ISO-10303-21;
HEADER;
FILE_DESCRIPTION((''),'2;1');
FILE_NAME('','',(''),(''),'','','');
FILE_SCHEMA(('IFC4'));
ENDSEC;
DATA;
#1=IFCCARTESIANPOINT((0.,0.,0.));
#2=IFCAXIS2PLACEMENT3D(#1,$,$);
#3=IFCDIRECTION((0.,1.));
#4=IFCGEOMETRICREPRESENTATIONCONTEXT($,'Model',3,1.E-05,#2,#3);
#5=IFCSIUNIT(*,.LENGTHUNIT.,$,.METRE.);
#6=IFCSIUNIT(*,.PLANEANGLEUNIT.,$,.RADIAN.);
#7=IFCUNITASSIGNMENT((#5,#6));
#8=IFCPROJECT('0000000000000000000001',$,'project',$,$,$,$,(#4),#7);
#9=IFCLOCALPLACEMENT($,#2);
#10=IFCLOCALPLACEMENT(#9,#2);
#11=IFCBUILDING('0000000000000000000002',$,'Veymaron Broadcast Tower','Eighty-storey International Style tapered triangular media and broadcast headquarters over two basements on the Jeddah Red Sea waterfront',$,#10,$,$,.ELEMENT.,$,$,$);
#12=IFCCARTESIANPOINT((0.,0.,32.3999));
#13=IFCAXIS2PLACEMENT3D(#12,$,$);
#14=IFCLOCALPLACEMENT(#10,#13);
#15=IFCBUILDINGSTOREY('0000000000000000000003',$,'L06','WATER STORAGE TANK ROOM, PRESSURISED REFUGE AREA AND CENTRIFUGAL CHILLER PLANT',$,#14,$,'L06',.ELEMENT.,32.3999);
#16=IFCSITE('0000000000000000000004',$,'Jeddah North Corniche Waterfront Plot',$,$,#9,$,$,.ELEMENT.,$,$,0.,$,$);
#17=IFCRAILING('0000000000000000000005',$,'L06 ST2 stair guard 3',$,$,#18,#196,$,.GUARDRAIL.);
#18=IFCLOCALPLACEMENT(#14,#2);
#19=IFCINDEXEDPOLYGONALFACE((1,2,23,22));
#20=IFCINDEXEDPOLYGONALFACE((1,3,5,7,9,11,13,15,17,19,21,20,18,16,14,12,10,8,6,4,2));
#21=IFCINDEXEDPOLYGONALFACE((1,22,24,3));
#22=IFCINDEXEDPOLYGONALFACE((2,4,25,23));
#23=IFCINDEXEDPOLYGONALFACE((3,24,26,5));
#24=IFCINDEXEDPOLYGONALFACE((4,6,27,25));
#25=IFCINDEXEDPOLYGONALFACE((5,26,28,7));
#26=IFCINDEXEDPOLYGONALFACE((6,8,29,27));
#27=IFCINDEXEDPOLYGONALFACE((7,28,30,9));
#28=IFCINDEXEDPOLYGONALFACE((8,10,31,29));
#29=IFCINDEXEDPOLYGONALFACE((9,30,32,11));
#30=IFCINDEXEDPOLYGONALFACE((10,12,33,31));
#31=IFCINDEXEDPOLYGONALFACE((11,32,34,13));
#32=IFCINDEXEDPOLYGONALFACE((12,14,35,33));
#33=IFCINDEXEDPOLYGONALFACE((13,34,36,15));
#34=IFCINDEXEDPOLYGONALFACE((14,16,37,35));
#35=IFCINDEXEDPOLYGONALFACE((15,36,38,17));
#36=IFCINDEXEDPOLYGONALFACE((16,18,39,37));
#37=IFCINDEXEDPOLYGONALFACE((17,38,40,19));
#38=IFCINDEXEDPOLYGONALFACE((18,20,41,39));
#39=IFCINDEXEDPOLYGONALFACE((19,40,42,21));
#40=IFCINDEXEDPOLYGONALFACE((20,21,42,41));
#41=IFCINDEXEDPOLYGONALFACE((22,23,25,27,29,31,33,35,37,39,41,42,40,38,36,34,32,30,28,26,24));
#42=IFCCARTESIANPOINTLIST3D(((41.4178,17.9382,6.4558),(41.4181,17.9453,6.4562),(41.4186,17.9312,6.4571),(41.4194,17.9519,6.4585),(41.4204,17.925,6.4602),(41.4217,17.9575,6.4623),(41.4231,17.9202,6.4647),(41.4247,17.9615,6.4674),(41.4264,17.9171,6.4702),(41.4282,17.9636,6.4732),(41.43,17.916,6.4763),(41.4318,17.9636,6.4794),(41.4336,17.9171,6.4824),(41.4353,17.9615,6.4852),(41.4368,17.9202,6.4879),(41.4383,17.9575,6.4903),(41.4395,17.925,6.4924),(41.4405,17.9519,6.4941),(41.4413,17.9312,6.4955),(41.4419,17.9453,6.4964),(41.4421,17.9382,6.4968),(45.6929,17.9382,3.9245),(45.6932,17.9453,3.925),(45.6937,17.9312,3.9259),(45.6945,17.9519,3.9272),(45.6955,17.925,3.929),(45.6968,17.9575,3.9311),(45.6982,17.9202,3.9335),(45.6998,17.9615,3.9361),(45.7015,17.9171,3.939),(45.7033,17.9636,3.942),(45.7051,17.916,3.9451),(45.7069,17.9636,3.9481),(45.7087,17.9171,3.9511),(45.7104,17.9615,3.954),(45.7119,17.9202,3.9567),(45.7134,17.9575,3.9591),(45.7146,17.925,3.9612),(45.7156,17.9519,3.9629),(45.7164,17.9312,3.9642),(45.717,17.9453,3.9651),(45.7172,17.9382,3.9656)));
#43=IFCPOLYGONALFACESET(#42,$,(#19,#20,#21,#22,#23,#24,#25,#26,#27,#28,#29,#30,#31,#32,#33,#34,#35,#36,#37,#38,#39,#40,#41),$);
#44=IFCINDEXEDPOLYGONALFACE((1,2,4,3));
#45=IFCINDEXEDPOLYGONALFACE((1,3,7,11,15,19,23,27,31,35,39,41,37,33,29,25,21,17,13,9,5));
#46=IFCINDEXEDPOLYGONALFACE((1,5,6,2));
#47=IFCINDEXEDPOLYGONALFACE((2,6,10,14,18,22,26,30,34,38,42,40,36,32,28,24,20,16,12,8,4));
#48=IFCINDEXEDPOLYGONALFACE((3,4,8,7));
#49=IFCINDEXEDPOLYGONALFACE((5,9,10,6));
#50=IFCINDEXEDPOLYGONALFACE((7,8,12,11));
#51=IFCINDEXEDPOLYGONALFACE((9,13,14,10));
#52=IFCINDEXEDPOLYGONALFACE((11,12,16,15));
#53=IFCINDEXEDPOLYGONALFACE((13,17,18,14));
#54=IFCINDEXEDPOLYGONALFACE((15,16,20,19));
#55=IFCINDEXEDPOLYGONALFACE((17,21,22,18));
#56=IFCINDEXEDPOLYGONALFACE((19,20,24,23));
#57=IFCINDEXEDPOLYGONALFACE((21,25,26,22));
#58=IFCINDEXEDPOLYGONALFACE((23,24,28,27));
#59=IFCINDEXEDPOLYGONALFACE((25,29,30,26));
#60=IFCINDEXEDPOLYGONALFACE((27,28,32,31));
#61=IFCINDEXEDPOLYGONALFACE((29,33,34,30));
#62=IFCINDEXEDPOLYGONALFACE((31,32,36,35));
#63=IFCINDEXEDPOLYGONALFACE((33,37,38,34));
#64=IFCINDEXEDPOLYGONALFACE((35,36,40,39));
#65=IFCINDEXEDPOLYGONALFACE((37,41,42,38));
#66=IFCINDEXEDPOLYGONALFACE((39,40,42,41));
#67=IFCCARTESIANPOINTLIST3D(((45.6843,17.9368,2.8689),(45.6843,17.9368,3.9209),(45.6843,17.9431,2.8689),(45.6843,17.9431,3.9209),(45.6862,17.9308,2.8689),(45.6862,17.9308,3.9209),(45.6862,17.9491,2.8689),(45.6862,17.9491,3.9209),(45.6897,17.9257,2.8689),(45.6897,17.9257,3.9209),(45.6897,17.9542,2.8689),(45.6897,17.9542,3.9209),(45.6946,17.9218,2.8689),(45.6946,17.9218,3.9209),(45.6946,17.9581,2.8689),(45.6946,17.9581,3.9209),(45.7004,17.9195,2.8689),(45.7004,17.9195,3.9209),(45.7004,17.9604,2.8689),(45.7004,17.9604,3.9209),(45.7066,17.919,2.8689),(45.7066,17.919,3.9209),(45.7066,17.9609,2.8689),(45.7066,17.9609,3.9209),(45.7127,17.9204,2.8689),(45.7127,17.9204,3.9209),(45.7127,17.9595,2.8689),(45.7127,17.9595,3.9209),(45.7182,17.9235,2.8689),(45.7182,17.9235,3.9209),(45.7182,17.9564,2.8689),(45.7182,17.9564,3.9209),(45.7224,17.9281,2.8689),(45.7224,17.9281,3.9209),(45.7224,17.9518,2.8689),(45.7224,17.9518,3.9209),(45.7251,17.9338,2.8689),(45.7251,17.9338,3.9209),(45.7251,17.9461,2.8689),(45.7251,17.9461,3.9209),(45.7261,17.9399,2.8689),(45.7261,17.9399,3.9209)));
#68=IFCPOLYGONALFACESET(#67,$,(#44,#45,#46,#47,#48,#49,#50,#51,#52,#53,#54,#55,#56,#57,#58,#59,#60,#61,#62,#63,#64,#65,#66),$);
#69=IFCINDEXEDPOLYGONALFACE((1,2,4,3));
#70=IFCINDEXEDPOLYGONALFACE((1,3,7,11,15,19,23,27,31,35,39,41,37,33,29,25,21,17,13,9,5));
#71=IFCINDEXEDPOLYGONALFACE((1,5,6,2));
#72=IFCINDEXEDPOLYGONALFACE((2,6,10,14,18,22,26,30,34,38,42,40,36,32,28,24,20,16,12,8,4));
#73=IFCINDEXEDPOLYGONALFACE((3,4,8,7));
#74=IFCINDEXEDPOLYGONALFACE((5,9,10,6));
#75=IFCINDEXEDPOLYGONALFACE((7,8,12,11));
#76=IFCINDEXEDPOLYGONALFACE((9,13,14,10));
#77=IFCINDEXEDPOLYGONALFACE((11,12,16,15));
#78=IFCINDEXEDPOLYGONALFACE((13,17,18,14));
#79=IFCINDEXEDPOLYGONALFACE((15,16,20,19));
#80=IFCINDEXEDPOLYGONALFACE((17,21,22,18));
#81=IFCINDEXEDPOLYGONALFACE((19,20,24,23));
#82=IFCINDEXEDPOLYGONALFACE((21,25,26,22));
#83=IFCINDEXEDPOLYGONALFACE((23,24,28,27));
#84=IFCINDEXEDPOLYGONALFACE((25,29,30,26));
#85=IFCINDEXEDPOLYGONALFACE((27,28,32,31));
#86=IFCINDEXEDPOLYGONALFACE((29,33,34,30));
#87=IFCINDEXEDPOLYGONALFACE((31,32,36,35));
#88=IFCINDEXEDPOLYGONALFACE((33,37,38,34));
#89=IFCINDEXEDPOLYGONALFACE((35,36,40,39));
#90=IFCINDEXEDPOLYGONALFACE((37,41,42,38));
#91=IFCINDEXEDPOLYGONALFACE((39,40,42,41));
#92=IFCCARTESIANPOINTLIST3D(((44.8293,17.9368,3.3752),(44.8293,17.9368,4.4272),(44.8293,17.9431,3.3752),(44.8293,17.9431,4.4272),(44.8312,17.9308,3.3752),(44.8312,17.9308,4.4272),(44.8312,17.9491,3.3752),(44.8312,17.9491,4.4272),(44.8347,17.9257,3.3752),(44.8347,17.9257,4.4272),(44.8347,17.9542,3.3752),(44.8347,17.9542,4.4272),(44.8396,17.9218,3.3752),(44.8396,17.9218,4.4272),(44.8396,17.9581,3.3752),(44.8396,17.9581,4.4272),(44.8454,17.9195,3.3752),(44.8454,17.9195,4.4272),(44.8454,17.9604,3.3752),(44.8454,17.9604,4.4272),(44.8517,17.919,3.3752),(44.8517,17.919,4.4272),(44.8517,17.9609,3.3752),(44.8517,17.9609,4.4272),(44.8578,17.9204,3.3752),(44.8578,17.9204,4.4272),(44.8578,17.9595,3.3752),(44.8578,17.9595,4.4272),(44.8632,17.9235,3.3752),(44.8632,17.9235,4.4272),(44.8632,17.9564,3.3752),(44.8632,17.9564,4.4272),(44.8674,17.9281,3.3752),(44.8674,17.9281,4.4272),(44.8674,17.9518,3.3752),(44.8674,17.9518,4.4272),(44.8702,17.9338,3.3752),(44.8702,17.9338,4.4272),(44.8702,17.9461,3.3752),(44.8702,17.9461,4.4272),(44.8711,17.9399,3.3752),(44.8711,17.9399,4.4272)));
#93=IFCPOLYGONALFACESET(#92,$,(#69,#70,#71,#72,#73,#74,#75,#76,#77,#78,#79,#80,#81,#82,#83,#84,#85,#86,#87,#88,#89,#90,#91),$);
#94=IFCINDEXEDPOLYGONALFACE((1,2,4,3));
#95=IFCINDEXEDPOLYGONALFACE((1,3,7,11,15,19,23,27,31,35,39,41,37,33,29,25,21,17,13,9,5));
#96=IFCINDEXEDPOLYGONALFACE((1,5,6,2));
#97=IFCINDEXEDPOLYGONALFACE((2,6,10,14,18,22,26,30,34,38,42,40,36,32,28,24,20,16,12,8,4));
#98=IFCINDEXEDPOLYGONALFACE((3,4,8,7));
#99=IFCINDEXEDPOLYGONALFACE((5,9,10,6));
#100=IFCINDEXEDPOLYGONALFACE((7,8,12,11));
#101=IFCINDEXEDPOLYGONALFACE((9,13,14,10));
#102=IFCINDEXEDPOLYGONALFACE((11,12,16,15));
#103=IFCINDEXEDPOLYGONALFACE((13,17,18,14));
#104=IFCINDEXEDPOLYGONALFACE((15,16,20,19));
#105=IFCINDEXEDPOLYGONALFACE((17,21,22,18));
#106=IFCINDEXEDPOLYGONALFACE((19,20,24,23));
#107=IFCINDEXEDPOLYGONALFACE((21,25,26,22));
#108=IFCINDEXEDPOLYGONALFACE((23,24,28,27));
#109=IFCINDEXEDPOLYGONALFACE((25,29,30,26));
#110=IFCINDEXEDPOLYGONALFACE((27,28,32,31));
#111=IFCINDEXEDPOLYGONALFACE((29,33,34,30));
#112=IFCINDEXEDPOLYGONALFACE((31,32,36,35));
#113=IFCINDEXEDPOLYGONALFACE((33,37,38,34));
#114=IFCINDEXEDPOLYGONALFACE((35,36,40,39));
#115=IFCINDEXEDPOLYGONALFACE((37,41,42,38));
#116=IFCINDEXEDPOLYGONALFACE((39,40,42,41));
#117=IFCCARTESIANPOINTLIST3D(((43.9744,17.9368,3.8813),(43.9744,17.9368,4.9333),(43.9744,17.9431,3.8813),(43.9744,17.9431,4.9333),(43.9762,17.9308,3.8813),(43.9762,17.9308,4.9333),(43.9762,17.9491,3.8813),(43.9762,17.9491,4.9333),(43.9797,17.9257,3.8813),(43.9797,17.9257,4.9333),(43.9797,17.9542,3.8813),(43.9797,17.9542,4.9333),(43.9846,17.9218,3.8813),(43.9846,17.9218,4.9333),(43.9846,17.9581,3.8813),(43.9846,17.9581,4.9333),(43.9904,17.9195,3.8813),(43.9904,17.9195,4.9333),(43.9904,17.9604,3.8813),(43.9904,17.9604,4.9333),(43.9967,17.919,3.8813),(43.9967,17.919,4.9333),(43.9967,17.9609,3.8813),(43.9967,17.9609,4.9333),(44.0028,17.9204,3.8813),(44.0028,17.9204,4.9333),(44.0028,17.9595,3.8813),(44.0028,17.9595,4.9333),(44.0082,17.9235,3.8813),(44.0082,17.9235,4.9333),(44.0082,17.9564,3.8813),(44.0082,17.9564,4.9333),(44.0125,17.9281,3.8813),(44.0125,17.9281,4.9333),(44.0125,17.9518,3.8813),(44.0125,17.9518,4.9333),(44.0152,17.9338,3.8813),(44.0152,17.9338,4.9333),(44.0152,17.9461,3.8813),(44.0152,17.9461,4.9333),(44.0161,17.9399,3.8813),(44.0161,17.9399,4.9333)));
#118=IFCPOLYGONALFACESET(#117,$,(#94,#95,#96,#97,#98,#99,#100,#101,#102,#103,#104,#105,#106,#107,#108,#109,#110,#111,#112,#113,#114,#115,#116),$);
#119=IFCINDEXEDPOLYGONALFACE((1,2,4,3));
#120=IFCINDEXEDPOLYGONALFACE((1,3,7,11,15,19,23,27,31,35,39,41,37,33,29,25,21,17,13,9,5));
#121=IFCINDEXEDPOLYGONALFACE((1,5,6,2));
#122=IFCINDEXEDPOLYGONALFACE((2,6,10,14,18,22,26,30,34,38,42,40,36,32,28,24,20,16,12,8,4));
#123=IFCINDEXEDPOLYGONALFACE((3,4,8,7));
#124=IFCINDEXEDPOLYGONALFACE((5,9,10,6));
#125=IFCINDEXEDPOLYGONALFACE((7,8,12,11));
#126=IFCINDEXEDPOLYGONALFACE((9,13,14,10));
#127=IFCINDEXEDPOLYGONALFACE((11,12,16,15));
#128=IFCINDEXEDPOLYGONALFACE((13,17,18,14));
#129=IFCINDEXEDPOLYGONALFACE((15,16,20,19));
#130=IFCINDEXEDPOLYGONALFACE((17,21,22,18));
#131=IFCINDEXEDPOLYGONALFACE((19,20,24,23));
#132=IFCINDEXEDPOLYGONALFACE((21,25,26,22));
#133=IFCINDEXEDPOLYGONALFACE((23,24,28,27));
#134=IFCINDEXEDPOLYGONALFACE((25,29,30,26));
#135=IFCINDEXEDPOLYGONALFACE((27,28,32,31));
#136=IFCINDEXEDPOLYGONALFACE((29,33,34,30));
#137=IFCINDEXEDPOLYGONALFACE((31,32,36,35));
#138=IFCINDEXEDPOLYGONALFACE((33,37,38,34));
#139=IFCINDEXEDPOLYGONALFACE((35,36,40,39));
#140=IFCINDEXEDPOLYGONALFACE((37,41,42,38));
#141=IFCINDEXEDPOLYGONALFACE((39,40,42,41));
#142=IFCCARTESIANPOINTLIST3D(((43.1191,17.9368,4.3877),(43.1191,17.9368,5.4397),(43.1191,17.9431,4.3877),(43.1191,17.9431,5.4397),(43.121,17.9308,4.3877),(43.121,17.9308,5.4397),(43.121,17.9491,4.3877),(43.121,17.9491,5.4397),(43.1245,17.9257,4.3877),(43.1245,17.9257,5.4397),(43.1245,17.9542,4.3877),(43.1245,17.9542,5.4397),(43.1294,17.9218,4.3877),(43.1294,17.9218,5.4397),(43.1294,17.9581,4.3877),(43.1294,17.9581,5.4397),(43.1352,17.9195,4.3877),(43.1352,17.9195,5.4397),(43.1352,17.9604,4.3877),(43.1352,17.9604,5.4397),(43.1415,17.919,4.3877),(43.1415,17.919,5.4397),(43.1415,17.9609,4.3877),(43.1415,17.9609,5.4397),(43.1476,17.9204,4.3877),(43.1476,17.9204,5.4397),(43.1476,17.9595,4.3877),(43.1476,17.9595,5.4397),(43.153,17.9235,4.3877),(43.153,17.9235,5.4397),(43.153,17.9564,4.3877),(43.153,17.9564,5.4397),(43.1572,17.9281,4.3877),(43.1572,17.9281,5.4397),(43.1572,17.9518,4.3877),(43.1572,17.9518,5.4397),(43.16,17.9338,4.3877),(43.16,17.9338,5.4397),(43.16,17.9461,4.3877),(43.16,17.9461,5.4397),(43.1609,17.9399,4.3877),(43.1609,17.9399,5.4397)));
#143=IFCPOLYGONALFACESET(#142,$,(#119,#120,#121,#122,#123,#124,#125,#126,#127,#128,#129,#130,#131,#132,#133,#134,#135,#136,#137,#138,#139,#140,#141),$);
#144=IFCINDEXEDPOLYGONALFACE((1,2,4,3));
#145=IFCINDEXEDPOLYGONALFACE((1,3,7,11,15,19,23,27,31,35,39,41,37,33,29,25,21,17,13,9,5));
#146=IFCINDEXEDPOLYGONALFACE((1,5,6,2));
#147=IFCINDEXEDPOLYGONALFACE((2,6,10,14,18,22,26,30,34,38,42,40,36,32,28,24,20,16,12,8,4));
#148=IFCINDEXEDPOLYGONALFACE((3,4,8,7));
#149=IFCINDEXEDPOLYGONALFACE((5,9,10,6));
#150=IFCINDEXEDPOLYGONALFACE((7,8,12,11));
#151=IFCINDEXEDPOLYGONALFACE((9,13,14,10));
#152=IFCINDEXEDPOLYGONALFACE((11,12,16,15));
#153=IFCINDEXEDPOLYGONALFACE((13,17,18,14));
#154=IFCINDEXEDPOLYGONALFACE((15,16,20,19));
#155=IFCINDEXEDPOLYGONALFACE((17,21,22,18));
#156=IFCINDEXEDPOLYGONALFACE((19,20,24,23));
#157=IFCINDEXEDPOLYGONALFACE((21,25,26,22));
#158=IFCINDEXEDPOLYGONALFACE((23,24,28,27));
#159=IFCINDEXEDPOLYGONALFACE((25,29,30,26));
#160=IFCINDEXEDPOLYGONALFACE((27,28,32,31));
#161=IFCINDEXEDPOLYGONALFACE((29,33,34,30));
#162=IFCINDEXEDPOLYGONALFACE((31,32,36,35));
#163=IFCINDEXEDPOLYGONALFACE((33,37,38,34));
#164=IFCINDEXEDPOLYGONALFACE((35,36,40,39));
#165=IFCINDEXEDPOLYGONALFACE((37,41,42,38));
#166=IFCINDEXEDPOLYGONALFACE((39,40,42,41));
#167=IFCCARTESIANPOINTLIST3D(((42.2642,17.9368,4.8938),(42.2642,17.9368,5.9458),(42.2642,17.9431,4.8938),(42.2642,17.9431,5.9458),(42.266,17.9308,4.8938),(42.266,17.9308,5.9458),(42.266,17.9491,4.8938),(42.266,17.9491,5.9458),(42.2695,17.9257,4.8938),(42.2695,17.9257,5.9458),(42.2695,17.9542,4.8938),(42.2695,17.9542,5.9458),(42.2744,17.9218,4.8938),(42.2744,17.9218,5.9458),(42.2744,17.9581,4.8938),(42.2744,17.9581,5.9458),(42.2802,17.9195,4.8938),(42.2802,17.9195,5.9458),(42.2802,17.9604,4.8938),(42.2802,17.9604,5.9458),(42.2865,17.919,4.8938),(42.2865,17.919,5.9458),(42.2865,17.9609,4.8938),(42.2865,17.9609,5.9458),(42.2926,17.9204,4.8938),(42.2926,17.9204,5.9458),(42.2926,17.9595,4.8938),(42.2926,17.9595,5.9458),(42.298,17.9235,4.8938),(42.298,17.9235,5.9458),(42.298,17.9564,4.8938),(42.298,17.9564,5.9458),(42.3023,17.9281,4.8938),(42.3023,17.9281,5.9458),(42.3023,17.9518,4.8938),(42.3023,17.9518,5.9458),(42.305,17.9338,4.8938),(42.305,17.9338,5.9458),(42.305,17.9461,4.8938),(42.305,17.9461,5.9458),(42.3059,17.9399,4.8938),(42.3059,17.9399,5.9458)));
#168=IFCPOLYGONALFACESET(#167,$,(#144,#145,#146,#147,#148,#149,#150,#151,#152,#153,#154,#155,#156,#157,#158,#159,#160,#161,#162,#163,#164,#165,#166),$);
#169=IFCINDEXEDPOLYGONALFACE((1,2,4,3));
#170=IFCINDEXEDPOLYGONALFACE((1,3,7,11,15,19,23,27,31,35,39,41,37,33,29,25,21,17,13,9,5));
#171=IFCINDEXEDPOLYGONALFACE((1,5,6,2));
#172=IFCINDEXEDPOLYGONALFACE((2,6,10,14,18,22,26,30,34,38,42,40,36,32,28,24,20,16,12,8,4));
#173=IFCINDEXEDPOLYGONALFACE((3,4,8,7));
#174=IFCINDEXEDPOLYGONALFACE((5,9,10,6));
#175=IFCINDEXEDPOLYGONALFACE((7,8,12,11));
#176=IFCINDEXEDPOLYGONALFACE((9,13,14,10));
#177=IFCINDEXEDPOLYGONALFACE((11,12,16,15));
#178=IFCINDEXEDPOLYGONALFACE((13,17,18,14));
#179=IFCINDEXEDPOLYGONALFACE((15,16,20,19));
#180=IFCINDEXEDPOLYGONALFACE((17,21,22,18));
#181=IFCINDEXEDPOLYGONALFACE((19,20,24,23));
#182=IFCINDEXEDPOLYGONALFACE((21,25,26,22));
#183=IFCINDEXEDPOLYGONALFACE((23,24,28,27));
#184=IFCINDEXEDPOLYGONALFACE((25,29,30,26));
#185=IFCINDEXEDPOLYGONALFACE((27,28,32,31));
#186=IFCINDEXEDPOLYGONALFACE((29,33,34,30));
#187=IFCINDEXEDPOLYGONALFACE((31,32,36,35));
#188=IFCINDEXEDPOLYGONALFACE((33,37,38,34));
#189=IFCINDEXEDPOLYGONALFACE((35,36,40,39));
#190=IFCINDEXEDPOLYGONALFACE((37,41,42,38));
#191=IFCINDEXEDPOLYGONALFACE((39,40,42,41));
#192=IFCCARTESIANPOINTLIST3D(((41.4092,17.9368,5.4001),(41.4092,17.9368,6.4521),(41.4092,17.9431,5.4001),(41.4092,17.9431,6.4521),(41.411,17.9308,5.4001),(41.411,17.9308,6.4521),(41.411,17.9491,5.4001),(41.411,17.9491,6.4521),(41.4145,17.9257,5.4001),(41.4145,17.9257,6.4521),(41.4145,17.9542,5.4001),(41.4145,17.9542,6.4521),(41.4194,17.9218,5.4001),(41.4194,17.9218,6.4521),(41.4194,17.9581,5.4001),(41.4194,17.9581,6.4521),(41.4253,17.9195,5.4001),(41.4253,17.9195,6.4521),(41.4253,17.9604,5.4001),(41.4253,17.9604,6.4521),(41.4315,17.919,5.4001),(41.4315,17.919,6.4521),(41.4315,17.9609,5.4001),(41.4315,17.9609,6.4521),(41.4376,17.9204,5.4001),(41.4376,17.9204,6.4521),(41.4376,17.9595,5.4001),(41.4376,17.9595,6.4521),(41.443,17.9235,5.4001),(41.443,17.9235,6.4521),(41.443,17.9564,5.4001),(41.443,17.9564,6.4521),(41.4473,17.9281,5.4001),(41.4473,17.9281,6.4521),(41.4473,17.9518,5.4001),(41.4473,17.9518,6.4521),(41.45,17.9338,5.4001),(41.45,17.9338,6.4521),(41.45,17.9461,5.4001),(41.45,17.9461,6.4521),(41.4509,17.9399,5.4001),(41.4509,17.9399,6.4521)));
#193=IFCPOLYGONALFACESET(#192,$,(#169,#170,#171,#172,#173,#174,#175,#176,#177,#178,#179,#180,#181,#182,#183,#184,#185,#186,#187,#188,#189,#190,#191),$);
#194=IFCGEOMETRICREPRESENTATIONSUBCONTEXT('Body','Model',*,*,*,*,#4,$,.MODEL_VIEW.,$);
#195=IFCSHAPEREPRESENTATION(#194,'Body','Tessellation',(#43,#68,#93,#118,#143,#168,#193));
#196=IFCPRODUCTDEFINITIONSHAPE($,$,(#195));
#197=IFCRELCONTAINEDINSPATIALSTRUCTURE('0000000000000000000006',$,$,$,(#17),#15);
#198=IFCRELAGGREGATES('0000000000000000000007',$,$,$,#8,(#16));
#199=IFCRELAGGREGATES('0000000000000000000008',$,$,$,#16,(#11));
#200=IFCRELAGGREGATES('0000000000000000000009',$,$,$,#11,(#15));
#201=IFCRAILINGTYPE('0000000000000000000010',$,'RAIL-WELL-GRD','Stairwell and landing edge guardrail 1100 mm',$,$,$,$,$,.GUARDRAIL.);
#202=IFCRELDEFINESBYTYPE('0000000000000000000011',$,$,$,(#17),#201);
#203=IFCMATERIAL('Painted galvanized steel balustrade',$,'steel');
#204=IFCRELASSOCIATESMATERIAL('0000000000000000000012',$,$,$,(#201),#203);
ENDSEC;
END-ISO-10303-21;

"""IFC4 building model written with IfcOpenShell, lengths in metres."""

from ifc_helpers import new_model, si_unit, direction, frame, origin, origin_2d, place, context, subcontext, project, spatial, circle, extrude, material, type_object, element, save


model = new_model("IFC4")

# Units and contexts
model_context = context("Model", 3, precision=1e-05, world=origin(), true_north=direction((0.0, 1.0)))
body_context = subcontext(model_context, "Body", "Model", "MODEL_VIEW")
ifc_project = project(units=[si_unit("LENGTHUNIT", "METRE"), si_unit("PLANEANGLEUNIT", "RADIAN")], contexts=[model_context])

# Site, building, storey
site_placement = place(None, origin())
site = spatial("IfcSite", under=ifc_project, at=site_placement, Name="Jeddah North Corniche Waterfront Plot", CompositionType="ELEMENT", RefElevation=0.0)
building_placement = place(site_placement, origin())
building = spatial("IfcBuilding", under=site, at=building_placement, Name="Veymaron Broadcast Tower", Description="Eighty-storey International Style tapered triangular media and broadcast headquarters over two basements on the Jeddah Red Sea waterfront", CompositionType="ELEMENT")
storey_placement = place(building_placement, frame((0.0, 0.0, 32.3999)))
storey = spatial("IfcBuildingStorey", under=building, at=storey_placement, Name="L06", Description="WATER STORAGE TANK ROOM, PRESSURISED REFUGE AREA AND CENTRIFUGAL CHILLER PLANT", LongName="L06", CompositionType="ELEMENT", Elevation=32.3999)

# Railing
ifc_material_1 = material(Name="Painted galvanized steel balustrade", Category="steel")
railing_type_1 = type_object("IfcRailingType", Name="RAIL-WELL-GRD", Description="Stairwell and landing edge guardrail 1100 mm", PredefinedType="GUARDRAIL", material=ifc_material_1)
railing_1_placement = place(storey_placement, frame((45.7051, 17.9399, 2.8689)))
element("IfcRailing", 1, at=railing_1_placement, inside=storey, type_object=railing_type_1, Name="L06 ST2 stair guard 3", PredefinedType="GUARDRAIL", context=body_context, shape_type="SweptSolid", body=[
    extrude(circle(Radius=0.0239, at=origin_2d()), frame((0.0, 0.0, 1.0762), z_axis=(-0.860483, 0.0, 0.509479), x_axis=(0.0, -1.0, 0.0)), (0.0, 0.0, 1.0), 4.9683),
    extrude(circle(Radius=0.021, at=origin_2d()), origin(), (0.0, 0.0, 1.0), 1.052),
    extrude(circle(Radius=0.021, at=origin_2d()), frame((-0.855, 0.0, 0.5063)), (0.0, 0.0, 1.0), 1.052),
    extrude(circle(Radius=0.021, at=origin_2d()), frame((-1.71, 0.0, 1.0125)), (0.0, 0.0, 1.0), 1.052),
    extrude(circle(Radius=0.021, at=origin_2d()), frame((-2.5652, 0.0, 1.5188)), (0.0, 0.0, 1.0), 1.052),
    extrude(circle(Radius=0.021, at=origin_2d()), frame((-3.4202, 0.0, 2.0249)), (0.0, 0.0, 1.0), 1.052),
    extrude(circle(Radius=0.021, at=origin_2d()), frame((-4.2751, 0.0, 2.5312)), (0.0, 0.0, 1.0), 1.052),
])

save(model, "model.ifc")
